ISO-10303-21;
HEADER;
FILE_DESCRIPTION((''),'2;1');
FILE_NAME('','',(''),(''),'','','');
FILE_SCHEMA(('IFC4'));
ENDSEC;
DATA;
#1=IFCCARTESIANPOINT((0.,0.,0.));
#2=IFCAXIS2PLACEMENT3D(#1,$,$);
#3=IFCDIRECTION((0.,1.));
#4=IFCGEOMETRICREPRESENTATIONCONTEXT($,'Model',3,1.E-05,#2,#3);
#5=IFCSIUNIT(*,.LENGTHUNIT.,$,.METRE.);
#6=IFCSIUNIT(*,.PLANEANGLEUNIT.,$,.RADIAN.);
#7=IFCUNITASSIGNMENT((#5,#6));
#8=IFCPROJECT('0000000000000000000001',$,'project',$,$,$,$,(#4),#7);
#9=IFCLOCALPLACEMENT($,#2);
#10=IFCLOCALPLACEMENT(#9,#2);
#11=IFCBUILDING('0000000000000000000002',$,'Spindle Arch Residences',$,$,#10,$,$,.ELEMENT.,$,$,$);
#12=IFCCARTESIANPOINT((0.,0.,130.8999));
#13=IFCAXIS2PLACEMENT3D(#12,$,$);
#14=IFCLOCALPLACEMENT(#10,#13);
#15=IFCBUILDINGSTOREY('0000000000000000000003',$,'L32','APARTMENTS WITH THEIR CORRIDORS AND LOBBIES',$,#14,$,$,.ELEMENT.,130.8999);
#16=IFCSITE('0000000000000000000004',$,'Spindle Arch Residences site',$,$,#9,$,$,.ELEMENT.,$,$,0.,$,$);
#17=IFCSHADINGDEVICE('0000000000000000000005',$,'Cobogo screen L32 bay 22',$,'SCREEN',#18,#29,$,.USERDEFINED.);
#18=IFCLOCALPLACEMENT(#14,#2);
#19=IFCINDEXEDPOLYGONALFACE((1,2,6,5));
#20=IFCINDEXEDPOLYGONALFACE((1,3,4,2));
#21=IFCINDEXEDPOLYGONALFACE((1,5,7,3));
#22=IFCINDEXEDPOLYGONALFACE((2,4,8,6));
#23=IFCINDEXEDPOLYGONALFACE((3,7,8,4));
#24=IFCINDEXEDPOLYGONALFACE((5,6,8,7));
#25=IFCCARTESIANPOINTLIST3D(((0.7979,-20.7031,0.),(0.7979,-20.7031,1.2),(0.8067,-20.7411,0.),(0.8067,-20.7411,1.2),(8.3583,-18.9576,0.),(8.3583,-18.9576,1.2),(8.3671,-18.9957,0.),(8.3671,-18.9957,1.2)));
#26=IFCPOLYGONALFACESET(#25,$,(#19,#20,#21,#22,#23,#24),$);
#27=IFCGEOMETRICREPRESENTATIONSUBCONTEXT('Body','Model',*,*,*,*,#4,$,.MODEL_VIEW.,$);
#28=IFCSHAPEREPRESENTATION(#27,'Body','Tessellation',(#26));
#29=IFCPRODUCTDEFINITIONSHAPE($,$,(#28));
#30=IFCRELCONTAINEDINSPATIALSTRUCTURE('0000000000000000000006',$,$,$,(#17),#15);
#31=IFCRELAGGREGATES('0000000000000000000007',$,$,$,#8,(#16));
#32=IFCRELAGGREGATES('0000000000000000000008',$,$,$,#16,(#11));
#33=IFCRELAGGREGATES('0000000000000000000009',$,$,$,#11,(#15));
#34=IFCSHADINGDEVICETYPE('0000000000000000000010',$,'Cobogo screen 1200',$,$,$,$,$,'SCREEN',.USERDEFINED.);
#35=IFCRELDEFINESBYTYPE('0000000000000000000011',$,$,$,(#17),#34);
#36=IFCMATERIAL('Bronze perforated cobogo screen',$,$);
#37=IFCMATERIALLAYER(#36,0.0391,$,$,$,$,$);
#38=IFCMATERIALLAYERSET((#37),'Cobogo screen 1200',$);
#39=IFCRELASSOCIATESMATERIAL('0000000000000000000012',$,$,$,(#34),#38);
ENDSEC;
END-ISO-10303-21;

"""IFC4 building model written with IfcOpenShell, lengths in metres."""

from ifc_helpers import new_model, si_unit, direction, frame, origin, origin_2d, place, context, subcontext, project, spatial, rectangle, extrude, material, layer, layer_set, type_object, element, save


model = new_model("IFC4")

# Units and contexts
model_context = context("Model", 3, precision=1e-05, world=origin(), true_north=direction((0.0, 1.0)))
body_context = subcontext(model_context, "Body", "Model", "MODEL_VIEW")
ifc_project = project(units=[si_unit("LENGTHUNIT", "METRE"), si_unit("PLANEANGLEUNIT", "RADIAN")], contexts=[model_context])

# Site, building, storey
site_placement = place(None, origin())
site = spatial("IfcSite", under=ifc_project, at=site_placement, Name="Spindle Arch Residences site", CompositionType="ELEMENT", RefElevation=0.0)
building_placement = place(site_placement, origin())
building = spatial("IfcBuilding", under=site, at=building_placement, Name="Spindle Arch Residences", CompositionType="ELEMENT")
storey_placement = place(building_placement, frame((0.0, 0.0, 130.8999)))
storey = spatial("IfcBuildingStorey", under=building, at=storey_placement, Name="L32", Description="APARTMENTS WITH THEIR CORRIDORS AND LOBBIES", CompositionType="ELEMENT", Elevation=130.8999)

# Shading device
ifc_material_1 = material(Name="Bronze perforated cobogo screen")
ifc_layer_1 = layer(ifc_material_1, 0.0391)
ifc_layer_set_1 = layer_set([ifc_layer_1], Name="Cobogo screen 1200")
shading_device_type = type_object("IfcShadingDeviceType", Name="Cobogo screen 1200", ElementType="SCREEN", PredefinedType="USERDEFINED", material=ifc_layer_set_1)
shading_device_placement = place(storey_placement, frame((4.5825, -19.8494, 0.0), z_axis=(0.0, 0.0, 1.0), x_axis=(0.97437, 0.224951, 0.0)))
element("IfcShadingDevice", 1, at=shading_device_placement, inside=storey, type_object=shading_device_type, Name="Cobogo screen L32 bay 22", ObjectType="SCREEN", PredefinedType="USERDEFINED", context=body_context, shape_type="SweptSolid", body=[
    extrude(rectangle(XDim=7.7593, YDim=0.0391, at=origin_2d()), origin(), (0.0, 0.0, 1.0), 1.2),
])

save(model, "model.ifc")
